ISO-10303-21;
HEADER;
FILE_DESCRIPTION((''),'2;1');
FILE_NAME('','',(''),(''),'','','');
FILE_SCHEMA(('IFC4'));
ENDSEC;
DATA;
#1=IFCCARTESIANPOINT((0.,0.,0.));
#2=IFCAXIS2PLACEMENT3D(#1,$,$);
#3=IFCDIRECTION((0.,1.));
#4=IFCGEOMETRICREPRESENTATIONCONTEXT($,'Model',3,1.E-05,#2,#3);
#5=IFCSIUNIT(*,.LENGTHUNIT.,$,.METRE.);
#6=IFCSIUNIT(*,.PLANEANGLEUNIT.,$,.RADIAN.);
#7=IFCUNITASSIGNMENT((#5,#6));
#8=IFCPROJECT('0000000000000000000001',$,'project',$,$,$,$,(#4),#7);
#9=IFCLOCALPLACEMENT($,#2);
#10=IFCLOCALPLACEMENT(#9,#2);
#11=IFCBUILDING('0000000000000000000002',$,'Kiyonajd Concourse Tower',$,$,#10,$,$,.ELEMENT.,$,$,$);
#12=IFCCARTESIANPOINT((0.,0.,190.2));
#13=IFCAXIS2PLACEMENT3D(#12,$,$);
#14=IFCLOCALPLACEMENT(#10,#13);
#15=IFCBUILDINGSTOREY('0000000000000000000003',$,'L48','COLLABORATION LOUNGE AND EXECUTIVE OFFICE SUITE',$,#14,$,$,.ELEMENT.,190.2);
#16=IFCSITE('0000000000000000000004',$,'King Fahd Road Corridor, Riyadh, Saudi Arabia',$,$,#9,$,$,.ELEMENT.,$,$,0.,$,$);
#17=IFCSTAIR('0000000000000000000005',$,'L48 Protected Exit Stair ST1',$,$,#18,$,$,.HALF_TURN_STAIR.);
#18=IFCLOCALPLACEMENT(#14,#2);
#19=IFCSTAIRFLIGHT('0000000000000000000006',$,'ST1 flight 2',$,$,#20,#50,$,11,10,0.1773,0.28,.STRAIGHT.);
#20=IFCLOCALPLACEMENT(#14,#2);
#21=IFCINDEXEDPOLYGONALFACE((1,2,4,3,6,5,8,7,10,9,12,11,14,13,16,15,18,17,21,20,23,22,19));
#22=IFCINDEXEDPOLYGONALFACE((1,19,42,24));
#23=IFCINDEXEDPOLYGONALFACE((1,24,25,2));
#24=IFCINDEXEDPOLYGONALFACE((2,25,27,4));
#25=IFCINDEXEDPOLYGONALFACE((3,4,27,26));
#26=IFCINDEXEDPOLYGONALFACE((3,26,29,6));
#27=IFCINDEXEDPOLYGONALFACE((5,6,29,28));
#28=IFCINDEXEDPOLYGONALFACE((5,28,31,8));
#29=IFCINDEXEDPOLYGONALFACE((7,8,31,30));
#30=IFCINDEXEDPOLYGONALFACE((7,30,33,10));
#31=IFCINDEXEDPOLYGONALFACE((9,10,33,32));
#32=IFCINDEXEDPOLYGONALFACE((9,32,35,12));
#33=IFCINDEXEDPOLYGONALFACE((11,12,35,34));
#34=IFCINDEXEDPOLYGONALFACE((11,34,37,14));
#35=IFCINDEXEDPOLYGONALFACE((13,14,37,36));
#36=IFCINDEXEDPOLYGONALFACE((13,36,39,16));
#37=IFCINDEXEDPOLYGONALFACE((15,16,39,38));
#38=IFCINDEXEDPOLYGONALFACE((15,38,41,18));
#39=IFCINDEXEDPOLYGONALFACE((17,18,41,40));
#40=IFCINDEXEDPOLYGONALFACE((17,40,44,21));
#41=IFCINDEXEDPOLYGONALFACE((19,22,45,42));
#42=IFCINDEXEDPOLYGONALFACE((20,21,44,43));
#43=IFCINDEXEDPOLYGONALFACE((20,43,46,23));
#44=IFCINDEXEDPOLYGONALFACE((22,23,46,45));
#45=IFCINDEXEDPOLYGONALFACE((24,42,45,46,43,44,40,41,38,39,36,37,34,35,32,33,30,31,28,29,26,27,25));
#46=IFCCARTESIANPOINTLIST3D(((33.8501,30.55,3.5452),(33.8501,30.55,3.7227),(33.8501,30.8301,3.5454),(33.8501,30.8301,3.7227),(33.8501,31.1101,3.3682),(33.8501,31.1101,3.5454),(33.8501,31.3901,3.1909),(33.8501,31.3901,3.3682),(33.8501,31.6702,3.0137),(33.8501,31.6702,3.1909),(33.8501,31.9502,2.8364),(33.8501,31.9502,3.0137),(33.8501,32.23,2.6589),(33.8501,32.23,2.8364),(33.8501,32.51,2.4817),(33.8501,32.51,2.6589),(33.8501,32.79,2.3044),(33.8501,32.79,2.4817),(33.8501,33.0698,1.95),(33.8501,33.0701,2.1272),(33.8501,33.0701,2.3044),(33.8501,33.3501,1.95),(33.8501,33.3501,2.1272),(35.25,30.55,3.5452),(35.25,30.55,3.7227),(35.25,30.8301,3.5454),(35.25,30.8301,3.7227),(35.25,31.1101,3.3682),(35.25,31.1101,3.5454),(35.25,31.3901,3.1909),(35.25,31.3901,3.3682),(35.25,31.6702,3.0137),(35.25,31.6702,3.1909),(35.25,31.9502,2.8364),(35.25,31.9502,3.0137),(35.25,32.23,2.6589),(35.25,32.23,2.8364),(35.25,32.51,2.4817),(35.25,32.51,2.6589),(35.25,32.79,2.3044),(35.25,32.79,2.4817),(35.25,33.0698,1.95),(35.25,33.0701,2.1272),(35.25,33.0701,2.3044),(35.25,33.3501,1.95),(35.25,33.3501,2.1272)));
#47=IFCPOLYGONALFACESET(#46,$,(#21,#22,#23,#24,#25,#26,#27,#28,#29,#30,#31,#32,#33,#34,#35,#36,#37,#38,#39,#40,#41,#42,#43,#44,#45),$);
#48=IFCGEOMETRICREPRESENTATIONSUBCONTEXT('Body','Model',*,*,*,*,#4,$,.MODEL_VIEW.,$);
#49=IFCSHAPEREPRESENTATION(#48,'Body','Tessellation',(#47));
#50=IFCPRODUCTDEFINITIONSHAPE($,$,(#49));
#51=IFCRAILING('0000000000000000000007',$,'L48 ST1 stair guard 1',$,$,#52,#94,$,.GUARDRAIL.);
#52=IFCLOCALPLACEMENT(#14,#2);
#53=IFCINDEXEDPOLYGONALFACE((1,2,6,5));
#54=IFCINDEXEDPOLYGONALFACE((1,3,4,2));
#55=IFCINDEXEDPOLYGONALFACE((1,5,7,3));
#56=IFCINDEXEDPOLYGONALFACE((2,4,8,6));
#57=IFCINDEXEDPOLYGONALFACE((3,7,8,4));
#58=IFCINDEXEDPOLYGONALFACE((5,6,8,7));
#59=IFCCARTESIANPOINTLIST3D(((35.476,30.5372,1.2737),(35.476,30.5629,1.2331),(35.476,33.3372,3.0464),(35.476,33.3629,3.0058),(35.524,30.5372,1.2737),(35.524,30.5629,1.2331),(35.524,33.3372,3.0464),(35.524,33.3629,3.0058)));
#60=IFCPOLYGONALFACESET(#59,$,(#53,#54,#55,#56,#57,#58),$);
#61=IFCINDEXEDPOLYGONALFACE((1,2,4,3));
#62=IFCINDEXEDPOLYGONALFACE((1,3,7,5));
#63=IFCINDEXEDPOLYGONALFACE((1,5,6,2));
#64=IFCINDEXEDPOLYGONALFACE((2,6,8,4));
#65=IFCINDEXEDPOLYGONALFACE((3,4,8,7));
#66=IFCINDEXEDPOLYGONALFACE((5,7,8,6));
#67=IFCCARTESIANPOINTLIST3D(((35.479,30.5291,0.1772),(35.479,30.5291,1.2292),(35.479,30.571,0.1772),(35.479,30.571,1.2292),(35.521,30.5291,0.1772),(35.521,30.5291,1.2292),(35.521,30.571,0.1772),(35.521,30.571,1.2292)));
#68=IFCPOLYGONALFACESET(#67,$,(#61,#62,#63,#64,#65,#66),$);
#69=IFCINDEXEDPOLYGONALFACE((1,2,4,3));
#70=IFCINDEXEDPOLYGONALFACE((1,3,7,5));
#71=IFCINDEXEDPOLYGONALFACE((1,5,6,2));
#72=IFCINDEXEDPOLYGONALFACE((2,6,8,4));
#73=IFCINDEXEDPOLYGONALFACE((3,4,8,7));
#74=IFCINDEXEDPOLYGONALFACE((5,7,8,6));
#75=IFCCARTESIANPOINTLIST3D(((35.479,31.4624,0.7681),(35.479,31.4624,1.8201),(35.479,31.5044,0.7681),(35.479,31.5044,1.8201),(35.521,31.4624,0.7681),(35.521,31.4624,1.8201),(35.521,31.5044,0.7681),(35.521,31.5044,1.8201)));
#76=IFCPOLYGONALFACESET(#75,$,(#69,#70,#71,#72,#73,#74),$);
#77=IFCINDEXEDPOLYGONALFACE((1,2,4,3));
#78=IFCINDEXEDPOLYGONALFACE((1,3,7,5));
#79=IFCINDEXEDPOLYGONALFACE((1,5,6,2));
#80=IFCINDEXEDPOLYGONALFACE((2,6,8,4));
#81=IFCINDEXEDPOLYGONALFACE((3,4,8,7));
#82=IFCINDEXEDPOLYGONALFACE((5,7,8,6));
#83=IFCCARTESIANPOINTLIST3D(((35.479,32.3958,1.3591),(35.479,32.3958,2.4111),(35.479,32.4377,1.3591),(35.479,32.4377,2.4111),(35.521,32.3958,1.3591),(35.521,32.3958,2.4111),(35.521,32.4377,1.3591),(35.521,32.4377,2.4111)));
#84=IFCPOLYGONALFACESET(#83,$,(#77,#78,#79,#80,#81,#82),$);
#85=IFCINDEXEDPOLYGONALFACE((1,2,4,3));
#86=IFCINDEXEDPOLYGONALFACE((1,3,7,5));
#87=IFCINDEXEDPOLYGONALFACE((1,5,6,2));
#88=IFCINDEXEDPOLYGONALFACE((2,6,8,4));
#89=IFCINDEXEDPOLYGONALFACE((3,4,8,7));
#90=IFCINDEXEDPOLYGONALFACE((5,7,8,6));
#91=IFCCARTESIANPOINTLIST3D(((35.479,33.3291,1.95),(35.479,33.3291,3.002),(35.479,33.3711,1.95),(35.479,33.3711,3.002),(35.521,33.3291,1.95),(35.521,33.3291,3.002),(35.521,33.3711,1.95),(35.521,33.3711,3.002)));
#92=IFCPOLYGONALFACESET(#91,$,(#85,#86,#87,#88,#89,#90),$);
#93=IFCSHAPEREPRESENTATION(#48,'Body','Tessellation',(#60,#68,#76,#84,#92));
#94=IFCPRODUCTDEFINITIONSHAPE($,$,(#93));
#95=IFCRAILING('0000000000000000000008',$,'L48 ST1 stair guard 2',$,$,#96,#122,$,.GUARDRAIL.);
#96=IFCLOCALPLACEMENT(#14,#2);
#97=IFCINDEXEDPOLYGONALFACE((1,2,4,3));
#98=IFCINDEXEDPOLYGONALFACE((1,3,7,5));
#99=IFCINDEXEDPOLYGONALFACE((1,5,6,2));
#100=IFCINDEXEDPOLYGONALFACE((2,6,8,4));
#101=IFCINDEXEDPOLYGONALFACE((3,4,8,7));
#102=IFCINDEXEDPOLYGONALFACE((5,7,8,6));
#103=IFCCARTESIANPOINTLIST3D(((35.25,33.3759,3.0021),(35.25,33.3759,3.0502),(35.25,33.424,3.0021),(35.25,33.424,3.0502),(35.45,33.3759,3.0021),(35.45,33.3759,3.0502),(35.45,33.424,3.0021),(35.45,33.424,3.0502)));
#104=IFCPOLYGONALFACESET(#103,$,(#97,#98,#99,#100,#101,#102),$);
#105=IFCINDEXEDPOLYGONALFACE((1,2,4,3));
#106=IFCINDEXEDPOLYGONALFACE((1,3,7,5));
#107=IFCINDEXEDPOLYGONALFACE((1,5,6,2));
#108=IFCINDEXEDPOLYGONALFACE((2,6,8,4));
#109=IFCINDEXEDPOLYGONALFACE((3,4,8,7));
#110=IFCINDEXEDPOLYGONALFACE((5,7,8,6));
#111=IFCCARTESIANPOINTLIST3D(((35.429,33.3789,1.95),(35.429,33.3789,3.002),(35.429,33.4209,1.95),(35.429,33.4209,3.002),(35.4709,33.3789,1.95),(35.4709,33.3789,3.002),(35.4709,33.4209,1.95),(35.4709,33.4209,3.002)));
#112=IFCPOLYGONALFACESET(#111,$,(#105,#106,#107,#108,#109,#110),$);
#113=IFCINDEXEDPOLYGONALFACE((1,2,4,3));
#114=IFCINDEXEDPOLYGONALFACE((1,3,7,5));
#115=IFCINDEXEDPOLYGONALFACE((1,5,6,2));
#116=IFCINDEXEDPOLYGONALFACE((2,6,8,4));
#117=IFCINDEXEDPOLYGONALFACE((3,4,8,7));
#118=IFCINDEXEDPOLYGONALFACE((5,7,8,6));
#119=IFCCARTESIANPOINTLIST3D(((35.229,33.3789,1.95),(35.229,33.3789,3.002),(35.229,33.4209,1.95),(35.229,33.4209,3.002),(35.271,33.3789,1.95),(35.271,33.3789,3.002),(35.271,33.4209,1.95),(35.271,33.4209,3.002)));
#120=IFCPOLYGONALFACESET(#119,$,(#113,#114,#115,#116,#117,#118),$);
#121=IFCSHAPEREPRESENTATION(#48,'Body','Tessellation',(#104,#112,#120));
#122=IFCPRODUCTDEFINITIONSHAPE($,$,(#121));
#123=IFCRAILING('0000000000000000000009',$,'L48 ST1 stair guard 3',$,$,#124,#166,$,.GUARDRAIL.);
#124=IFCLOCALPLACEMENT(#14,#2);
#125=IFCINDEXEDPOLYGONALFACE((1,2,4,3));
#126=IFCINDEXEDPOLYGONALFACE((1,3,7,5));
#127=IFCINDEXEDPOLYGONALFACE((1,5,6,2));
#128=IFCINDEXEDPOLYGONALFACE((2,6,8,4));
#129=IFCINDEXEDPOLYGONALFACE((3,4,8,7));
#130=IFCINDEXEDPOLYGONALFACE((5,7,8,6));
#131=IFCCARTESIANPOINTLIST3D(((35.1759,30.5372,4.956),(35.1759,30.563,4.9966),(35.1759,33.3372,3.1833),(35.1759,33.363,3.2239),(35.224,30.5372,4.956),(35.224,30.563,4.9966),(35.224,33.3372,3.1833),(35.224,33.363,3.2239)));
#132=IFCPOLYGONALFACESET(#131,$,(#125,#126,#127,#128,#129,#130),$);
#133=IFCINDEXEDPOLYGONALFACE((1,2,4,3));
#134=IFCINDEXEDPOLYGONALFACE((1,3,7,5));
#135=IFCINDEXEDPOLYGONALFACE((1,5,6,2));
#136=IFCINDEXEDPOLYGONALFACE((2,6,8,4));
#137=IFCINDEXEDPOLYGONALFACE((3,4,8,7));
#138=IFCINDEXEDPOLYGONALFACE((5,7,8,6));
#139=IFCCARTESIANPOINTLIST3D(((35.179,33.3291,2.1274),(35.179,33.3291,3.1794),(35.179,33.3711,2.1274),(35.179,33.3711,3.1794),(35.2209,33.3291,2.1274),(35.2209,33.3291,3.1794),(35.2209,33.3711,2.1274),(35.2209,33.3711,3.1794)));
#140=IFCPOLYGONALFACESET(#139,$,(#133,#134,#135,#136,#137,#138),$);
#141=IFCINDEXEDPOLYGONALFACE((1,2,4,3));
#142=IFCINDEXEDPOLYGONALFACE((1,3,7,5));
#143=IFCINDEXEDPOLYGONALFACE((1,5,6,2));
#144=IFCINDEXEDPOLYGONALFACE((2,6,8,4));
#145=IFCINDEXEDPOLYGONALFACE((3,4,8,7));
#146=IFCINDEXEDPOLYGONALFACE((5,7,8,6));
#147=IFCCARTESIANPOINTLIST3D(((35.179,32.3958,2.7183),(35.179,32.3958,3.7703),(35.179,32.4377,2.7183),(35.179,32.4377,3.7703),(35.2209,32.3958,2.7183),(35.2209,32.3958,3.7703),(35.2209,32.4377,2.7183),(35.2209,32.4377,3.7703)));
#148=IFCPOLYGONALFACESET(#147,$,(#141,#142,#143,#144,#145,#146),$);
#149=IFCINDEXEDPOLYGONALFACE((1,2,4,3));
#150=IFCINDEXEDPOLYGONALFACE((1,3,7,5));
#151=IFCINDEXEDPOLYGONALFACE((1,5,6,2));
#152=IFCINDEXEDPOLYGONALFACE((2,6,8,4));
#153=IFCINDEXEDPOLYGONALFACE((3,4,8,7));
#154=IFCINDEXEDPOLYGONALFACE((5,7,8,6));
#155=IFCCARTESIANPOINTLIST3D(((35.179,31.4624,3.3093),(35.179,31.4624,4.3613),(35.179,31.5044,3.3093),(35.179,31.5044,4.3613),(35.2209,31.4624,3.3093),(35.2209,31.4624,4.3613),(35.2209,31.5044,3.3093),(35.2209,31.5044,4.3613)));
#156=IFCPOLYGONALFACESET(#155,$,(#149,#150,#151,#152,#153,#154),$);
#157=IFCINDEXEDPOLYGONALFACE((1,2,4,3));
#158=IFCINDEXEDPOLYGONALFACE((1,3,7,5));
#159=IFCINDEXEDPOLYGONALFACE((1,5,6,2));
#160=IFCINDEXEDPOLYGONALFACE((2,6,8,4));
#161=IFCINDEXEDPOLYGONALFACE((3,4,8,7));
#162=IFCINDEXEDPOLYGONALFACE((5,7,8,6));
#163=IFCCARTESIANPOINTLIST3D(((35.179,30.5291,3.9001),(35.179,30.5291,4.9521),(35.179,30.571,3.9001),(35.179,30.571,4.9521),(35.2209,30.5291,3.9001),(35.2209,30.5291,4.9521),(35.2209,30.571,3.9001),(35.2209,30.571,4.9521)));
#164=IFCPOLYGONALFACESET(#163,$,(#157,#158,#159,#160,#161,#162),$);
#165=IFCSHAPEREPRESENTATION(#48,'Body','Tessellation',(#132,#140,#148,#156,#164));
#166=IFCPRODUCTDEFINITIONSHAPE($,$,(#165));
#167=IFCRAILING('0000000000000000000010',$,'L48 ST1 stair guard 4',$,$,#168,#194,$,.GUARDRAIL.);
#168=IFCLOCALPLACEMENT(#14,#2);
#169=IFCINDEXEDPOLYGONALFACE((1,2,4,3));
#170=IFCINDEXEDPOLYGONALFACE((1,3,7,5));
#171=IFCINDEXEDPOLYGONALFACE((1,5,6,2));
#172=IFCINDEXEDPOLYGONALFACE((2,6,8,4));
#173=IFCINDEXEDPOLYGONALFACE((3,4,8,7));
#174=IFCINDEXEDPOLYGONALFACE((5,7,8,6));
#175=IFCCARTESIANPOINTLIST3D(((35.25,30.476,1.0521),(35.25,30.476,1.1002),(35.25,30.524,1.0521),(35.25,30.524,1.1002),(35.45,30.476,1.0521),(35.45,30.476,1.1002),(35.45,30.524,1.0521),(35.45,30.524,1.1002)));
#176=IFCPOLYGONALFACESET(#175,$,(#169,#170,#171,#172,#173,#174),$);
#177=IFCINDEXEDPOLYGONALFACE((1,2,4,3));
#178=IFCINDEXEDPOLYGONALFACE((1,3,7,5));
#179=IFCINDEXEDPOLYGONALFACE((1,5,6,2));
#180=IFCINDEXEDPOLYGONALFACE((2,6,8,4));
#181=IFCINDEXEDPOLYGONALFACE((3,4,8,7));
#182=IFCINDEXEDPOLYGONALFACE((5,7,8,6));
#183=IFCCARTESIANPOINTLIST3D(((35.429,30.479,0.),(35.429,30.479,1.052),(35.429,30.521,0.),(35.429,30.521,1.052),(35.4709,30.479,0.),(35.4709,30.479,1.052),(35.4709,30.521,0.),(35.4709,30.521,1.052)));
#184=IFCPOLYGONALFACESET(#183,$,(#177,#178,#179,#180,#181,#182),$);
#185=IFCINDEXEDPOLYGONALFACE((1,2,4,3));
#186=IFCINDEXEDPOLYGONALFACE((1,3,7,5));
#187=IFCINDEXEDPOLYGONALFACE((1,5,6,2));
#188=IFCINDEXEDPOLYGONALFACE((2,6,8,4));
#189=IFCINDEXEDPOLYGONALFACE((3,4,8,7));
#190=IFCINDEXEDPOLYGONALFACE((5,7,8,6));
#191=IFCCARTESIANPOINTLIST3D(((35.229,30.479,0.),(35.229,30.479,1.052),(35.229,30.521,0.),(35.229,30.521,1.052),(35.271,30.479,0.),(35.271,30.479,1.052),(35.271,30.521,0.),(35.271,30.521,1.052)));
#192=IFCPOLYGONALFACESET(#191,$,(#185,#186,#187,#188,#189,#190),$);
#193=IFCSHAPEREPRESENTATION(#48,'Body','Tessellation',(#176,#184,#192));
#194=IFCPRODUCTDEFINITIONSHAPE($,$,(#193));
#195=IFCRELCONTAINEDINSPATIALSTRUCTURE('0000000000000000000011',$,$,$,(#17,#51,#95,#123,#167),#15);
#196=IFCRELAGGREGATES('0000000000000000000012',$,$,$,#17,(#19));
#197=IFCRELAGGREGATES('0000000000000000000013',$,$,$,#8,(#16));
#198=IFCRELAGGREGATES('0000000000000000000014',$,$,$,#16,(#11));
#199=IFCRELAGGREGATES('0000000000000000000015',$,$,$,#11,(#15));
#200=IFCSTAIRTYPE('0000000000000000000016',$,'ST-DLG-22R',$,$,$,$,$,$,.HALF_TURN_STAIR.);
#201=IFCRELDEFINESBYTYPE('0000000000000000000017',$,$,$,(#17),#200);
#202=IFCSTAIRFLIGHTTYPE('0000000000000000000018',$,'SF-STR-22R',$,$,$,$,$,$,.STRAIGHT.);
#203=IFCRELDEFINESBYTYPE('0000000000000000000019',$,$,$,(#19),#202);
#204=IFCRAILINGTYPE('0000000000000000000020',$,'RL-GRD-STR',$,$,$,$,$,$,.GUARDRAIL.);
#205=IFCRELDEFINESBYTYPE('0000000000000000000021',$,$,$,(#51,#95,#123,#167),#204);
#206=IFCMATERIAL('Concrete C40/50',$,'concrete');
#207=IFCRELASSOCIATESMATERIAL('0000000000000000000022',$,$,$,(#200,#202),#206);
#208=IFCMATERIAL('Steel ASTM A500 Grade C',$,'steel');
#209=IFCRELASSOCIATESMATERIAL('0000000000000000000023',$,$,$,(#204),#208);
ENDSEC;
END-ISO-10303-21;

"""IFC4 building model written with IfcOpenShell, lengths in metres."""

from ifc_helpers import new_model, si_unit, direction, frame, origin, origin_2d, place, context, subcontext, project, spatial, polyline, rectangle, outline, extrude, material, type_object, element, aggregate, save


model = new_model("IFC4")

# Units and contexts
model_context = context("Model", 3, precision=1e-05, world=origin(), true_north=direction((0.0, 1.0)))
body_context = subcontext(model_context, "Body", "Model", "MODEL_VIEW")
ifc_project = project(units=[si_unit("LENGTHUNIT", "METRE"), si_unit("PLANEANGLEUNIT", "RADIAN")], contexts=[model_context])

# Site, building, storey
site_placement = place(None, origin())
site = spatial("IfcSite", under=ifc_project, at=site_placement, Name="King Fahd Road Corridor, Riyadh, Saudi Arabia", CompositionType="ELEMENT", RefElevation=0.0)
building_placement = place(site_placement, origin())
building = spatial("IfcBuilding", under=site, at=building_placement, Name="Kiyonajd Concourse Tower", CompositionType="ELEMENT")
storey_placement = place(building_placement, frame((0.0, 0.0, 190.2)))
storey = spatial("IfcBuildingStorey", under=building, at=storey_placement, Name="L48", Description="COLLABORATION LOUNGE AND EXECUTIVE OFFICE SUITE", CompositionType="ELEMENT", Elevation=190.2)

# Stair, stair flight
ifc_material_1 = material(Name="Concrete C40/50", Category="concrete")
stair_type = type_object("IfcStairType", Name="ST-DLG-22R", PredefinedType="HALF_TURN_STAIR", material=ifc_material_1)
stair_placement = place(storey_placement, origin())
stair = element("IfcStair", 1, at=stair_placement, inside=storey, type_object=stair_type, Name="L48 Protected Exit Stair ST1", PredefinedType="HALF_TURN_STAIR")
stair_flight_type = type_object("IfcStairFlightType", Name="SF-STR-22R", PredefinedType="STRAIGHT", material=ifc_material_1)
stair_flight_1_placement = place(storey_placement, frame((34.55, 33.3501, 1.95), z_axis=(0.0, 0.0, 1.0), x_axis=(0.0, -1.0, 0.0)))
stair_flight_1 = element("IfcStairFlight", 2, at=stair_flight_1_placement, type_object=stair_flight_type, Name="ST1 flight 2", NumberOfRisers=11, NumberOfTreads=10, PredefinedType="STRAIGHT", RiserHeight=0.1773, TreadLength=0.28, context=body_context, shape_type="SweptSolid", body=[
    extrude(outline(polyline([(0.0, 0.0), (0.0, 0.1772), (0.28, 0.1772), (0.28, 0.3545), (0.5601, 0.3545), (0.5601, 0.5317), (0.8401, 0.5317), (0.8401, 0.709), (1.1201, 0.709), (1.1201, 0.8865), (1.3999, 0.8865), (1.3999, 1.0637), (1.6799, 1.0637), (1.6799, 1.241), (1.96, 1.241), (1.96, 1.4182), (2.24, 1.4182), (2.24, 1.5955), (2.52, 1.5955), (2.52, 1.7727), (2.8, 1.7727), (2.8, 1.95), (2.8, 1.5952), (0.2803, 0.0), (0.0, 0.0)])), frame((0.0, 0.7, 0.0), z_axis=(0.0, -1.0, 0.0), x_axis=(1.0, 0.0, 0.0)), (0.0, 0.0, 1.0), 1.3999),
])
aggregate(stair, [stair_flight_1])

# Railings
ifc_material_2 = material(Name="Steel ASTM A500 Grade C", Category="steel")
railing_type_1 = type_object("IfcRailingType", Name="RL-GRD-STR", PredefinedType="GUARDRAIL", material=ifc_material_2)
railing_1_placement = place(storey_placement, frame((35.5, 30.55, 0.1772)))
element("IfcRailing", 3, at=railing_1_placement, inside=storey, type_object=railing_type_1, Name="L48 ST1 stair guard 1", PredefinedType="GUARDRAIL", context=body_context, shape_type="SweptSolid", body=[
    extrude(rectangle(XDim=0.0481, YDim=0.0481, at=origin_2d()), frame((0.0, 0.0, 1.0762), z_axis=(0.0, 0.844909, 0.53491), x_axis=(-1.0, 0.0, 0.0)), (0.0, 0.0, 1.0), 3.314),
    extrude(rectangle(XDim=0.042, YDim=0.042, at=origin_2d()), origin(), (0.0, 0.0, 1.0), 1.052),
    extrude(rectangle(XDim=0.042, YDim=0.042, at=origin_2d()), frame((0.0, 0.9333, 0.5908)), (0.0, 0.0, 1.0), 1.052),
    extrude(rectangle(XDim=0.042, YDim=0.042, at=origin_2d()), frame((0.0, 1.8667, 1.1819)), (0.0, 0.0, 1.0), 1.052),
    extrude(rectangle(XDim=0.042, YDim=0.042, at=origin_2d()), frame((0.0, 2.8, 1.7727)), (0.0, 0.0, 1.0), 1.052),
])
railing_2_placement = place(storey_placement, frame((35.45, 33.3999, 1.95)))
element("IfcRailing", 4, at=railing_2_placement, inside=storey, type_object=railing_type_1, Name="L48 ST1 stair guard 2", PredefinedType="GUARDRAIL", context=body_context, shape_type="SweptSolid", body=[
    extrude(rectangle(XDim=0.0481, YDim=0.0481, at=origin_2d()), frame((0.0, 0.0, 1.0762), z_axis=(-1.0, 0.0, 0.0), x_axis=(0.0, -1.0, 0.0)), (0.0, 0.0, 1.0), 0.2),
    extrude(rectangle(XDim=0.042, YDim=0.042, at=origin_2d()), origin(), (0.0, 0.0, 1.0), 1.052),
    extrude(rectangle(XDim=0.042, YDim=0.042, at=origin_2d()), frame((-0.2, 0.0, 0.0)), (0.0, 0.0, 1.0), 1.052),
])
railing_3_placement = place(storey_placement, frame((35.2, 33.3501, 2.1274)))
element("IfcRailing", 5, at=railing_3_placement, inside=storey, type_object=railing_type_1, Name="L48 ST1 stair guard 3", PredefinedType="GUARDRAIL", context=body_context, shape_type="SweptSolid", body=[
    extrude(rectangle(XDim=0.0481, YDim=0.0481, at=origin_2d()), frame((0.0, 0.0, 1.0762), z_axis=(0.0, -0.844909, 0.53491), x_axis=(1.0, 0.0, 0.0)), (0.0, 0.0, 1.0), 3.314),
    extrude(rectangle(XDim=0.042, YDim=0.042, at=origin_2d()), origin(), (0.0, 0.0, 1.0), 1.052),
    extrude(rectangle(XDim=0.042, YDim=0.042, at=origin_2d()), frame((0.0, -0.9333, 0.5908)), (0.0, 0.0, 1.0), 1.052),
    extrude(rectangle(XDim=0.042, YDim=0.042, at=origin_2d()), frame((0.0, -1.8667, 1.1819)), (0.0, 0.0, 1.0), 1.052),
    extrude(rectangle(XDim=0.042, YDim=0.042, at=origin_2d()), frame((0.0, -2.8, 1.7727)), (0.0, 0.0, 1.0), 1.052),
])
railing_4_placement = place(storey_placement, frame((35.45, 30.5, 0.0)))
element("IfcRailing", 6, at=railing_4_placement, inside=storey, type_object=railing_type_1, Name="L48 ST1 stair guard 4", PredefinedType="GUARDRAIL", context=body_context, shape_type="SweptSolid", body=[
    extrude(rectangle(XDim=0.0481, YDim=0.0481, at=origin_2d()), frame((0.0, 0.0, 1.0762), z_axis=(-1.0, 0.0, 0.0), x_axis=(0.0, -1.0, 0.0)), (0.0, 0.0, 1.0), 0.2),
    extrude(rectangle(XDim=0.042, YDim=0.042, at=origin_2d()), origin(), (0.0, 0.0, 1.0), 1.052),
    extrude(rectangle(XDim=0.042, YDim=0.042, at=origin_2d()), frame((-0.2, 0.0, 0.0)), (0.0, 0.0, 1.0), 1.052),
])

save(model, "model.ifc")
